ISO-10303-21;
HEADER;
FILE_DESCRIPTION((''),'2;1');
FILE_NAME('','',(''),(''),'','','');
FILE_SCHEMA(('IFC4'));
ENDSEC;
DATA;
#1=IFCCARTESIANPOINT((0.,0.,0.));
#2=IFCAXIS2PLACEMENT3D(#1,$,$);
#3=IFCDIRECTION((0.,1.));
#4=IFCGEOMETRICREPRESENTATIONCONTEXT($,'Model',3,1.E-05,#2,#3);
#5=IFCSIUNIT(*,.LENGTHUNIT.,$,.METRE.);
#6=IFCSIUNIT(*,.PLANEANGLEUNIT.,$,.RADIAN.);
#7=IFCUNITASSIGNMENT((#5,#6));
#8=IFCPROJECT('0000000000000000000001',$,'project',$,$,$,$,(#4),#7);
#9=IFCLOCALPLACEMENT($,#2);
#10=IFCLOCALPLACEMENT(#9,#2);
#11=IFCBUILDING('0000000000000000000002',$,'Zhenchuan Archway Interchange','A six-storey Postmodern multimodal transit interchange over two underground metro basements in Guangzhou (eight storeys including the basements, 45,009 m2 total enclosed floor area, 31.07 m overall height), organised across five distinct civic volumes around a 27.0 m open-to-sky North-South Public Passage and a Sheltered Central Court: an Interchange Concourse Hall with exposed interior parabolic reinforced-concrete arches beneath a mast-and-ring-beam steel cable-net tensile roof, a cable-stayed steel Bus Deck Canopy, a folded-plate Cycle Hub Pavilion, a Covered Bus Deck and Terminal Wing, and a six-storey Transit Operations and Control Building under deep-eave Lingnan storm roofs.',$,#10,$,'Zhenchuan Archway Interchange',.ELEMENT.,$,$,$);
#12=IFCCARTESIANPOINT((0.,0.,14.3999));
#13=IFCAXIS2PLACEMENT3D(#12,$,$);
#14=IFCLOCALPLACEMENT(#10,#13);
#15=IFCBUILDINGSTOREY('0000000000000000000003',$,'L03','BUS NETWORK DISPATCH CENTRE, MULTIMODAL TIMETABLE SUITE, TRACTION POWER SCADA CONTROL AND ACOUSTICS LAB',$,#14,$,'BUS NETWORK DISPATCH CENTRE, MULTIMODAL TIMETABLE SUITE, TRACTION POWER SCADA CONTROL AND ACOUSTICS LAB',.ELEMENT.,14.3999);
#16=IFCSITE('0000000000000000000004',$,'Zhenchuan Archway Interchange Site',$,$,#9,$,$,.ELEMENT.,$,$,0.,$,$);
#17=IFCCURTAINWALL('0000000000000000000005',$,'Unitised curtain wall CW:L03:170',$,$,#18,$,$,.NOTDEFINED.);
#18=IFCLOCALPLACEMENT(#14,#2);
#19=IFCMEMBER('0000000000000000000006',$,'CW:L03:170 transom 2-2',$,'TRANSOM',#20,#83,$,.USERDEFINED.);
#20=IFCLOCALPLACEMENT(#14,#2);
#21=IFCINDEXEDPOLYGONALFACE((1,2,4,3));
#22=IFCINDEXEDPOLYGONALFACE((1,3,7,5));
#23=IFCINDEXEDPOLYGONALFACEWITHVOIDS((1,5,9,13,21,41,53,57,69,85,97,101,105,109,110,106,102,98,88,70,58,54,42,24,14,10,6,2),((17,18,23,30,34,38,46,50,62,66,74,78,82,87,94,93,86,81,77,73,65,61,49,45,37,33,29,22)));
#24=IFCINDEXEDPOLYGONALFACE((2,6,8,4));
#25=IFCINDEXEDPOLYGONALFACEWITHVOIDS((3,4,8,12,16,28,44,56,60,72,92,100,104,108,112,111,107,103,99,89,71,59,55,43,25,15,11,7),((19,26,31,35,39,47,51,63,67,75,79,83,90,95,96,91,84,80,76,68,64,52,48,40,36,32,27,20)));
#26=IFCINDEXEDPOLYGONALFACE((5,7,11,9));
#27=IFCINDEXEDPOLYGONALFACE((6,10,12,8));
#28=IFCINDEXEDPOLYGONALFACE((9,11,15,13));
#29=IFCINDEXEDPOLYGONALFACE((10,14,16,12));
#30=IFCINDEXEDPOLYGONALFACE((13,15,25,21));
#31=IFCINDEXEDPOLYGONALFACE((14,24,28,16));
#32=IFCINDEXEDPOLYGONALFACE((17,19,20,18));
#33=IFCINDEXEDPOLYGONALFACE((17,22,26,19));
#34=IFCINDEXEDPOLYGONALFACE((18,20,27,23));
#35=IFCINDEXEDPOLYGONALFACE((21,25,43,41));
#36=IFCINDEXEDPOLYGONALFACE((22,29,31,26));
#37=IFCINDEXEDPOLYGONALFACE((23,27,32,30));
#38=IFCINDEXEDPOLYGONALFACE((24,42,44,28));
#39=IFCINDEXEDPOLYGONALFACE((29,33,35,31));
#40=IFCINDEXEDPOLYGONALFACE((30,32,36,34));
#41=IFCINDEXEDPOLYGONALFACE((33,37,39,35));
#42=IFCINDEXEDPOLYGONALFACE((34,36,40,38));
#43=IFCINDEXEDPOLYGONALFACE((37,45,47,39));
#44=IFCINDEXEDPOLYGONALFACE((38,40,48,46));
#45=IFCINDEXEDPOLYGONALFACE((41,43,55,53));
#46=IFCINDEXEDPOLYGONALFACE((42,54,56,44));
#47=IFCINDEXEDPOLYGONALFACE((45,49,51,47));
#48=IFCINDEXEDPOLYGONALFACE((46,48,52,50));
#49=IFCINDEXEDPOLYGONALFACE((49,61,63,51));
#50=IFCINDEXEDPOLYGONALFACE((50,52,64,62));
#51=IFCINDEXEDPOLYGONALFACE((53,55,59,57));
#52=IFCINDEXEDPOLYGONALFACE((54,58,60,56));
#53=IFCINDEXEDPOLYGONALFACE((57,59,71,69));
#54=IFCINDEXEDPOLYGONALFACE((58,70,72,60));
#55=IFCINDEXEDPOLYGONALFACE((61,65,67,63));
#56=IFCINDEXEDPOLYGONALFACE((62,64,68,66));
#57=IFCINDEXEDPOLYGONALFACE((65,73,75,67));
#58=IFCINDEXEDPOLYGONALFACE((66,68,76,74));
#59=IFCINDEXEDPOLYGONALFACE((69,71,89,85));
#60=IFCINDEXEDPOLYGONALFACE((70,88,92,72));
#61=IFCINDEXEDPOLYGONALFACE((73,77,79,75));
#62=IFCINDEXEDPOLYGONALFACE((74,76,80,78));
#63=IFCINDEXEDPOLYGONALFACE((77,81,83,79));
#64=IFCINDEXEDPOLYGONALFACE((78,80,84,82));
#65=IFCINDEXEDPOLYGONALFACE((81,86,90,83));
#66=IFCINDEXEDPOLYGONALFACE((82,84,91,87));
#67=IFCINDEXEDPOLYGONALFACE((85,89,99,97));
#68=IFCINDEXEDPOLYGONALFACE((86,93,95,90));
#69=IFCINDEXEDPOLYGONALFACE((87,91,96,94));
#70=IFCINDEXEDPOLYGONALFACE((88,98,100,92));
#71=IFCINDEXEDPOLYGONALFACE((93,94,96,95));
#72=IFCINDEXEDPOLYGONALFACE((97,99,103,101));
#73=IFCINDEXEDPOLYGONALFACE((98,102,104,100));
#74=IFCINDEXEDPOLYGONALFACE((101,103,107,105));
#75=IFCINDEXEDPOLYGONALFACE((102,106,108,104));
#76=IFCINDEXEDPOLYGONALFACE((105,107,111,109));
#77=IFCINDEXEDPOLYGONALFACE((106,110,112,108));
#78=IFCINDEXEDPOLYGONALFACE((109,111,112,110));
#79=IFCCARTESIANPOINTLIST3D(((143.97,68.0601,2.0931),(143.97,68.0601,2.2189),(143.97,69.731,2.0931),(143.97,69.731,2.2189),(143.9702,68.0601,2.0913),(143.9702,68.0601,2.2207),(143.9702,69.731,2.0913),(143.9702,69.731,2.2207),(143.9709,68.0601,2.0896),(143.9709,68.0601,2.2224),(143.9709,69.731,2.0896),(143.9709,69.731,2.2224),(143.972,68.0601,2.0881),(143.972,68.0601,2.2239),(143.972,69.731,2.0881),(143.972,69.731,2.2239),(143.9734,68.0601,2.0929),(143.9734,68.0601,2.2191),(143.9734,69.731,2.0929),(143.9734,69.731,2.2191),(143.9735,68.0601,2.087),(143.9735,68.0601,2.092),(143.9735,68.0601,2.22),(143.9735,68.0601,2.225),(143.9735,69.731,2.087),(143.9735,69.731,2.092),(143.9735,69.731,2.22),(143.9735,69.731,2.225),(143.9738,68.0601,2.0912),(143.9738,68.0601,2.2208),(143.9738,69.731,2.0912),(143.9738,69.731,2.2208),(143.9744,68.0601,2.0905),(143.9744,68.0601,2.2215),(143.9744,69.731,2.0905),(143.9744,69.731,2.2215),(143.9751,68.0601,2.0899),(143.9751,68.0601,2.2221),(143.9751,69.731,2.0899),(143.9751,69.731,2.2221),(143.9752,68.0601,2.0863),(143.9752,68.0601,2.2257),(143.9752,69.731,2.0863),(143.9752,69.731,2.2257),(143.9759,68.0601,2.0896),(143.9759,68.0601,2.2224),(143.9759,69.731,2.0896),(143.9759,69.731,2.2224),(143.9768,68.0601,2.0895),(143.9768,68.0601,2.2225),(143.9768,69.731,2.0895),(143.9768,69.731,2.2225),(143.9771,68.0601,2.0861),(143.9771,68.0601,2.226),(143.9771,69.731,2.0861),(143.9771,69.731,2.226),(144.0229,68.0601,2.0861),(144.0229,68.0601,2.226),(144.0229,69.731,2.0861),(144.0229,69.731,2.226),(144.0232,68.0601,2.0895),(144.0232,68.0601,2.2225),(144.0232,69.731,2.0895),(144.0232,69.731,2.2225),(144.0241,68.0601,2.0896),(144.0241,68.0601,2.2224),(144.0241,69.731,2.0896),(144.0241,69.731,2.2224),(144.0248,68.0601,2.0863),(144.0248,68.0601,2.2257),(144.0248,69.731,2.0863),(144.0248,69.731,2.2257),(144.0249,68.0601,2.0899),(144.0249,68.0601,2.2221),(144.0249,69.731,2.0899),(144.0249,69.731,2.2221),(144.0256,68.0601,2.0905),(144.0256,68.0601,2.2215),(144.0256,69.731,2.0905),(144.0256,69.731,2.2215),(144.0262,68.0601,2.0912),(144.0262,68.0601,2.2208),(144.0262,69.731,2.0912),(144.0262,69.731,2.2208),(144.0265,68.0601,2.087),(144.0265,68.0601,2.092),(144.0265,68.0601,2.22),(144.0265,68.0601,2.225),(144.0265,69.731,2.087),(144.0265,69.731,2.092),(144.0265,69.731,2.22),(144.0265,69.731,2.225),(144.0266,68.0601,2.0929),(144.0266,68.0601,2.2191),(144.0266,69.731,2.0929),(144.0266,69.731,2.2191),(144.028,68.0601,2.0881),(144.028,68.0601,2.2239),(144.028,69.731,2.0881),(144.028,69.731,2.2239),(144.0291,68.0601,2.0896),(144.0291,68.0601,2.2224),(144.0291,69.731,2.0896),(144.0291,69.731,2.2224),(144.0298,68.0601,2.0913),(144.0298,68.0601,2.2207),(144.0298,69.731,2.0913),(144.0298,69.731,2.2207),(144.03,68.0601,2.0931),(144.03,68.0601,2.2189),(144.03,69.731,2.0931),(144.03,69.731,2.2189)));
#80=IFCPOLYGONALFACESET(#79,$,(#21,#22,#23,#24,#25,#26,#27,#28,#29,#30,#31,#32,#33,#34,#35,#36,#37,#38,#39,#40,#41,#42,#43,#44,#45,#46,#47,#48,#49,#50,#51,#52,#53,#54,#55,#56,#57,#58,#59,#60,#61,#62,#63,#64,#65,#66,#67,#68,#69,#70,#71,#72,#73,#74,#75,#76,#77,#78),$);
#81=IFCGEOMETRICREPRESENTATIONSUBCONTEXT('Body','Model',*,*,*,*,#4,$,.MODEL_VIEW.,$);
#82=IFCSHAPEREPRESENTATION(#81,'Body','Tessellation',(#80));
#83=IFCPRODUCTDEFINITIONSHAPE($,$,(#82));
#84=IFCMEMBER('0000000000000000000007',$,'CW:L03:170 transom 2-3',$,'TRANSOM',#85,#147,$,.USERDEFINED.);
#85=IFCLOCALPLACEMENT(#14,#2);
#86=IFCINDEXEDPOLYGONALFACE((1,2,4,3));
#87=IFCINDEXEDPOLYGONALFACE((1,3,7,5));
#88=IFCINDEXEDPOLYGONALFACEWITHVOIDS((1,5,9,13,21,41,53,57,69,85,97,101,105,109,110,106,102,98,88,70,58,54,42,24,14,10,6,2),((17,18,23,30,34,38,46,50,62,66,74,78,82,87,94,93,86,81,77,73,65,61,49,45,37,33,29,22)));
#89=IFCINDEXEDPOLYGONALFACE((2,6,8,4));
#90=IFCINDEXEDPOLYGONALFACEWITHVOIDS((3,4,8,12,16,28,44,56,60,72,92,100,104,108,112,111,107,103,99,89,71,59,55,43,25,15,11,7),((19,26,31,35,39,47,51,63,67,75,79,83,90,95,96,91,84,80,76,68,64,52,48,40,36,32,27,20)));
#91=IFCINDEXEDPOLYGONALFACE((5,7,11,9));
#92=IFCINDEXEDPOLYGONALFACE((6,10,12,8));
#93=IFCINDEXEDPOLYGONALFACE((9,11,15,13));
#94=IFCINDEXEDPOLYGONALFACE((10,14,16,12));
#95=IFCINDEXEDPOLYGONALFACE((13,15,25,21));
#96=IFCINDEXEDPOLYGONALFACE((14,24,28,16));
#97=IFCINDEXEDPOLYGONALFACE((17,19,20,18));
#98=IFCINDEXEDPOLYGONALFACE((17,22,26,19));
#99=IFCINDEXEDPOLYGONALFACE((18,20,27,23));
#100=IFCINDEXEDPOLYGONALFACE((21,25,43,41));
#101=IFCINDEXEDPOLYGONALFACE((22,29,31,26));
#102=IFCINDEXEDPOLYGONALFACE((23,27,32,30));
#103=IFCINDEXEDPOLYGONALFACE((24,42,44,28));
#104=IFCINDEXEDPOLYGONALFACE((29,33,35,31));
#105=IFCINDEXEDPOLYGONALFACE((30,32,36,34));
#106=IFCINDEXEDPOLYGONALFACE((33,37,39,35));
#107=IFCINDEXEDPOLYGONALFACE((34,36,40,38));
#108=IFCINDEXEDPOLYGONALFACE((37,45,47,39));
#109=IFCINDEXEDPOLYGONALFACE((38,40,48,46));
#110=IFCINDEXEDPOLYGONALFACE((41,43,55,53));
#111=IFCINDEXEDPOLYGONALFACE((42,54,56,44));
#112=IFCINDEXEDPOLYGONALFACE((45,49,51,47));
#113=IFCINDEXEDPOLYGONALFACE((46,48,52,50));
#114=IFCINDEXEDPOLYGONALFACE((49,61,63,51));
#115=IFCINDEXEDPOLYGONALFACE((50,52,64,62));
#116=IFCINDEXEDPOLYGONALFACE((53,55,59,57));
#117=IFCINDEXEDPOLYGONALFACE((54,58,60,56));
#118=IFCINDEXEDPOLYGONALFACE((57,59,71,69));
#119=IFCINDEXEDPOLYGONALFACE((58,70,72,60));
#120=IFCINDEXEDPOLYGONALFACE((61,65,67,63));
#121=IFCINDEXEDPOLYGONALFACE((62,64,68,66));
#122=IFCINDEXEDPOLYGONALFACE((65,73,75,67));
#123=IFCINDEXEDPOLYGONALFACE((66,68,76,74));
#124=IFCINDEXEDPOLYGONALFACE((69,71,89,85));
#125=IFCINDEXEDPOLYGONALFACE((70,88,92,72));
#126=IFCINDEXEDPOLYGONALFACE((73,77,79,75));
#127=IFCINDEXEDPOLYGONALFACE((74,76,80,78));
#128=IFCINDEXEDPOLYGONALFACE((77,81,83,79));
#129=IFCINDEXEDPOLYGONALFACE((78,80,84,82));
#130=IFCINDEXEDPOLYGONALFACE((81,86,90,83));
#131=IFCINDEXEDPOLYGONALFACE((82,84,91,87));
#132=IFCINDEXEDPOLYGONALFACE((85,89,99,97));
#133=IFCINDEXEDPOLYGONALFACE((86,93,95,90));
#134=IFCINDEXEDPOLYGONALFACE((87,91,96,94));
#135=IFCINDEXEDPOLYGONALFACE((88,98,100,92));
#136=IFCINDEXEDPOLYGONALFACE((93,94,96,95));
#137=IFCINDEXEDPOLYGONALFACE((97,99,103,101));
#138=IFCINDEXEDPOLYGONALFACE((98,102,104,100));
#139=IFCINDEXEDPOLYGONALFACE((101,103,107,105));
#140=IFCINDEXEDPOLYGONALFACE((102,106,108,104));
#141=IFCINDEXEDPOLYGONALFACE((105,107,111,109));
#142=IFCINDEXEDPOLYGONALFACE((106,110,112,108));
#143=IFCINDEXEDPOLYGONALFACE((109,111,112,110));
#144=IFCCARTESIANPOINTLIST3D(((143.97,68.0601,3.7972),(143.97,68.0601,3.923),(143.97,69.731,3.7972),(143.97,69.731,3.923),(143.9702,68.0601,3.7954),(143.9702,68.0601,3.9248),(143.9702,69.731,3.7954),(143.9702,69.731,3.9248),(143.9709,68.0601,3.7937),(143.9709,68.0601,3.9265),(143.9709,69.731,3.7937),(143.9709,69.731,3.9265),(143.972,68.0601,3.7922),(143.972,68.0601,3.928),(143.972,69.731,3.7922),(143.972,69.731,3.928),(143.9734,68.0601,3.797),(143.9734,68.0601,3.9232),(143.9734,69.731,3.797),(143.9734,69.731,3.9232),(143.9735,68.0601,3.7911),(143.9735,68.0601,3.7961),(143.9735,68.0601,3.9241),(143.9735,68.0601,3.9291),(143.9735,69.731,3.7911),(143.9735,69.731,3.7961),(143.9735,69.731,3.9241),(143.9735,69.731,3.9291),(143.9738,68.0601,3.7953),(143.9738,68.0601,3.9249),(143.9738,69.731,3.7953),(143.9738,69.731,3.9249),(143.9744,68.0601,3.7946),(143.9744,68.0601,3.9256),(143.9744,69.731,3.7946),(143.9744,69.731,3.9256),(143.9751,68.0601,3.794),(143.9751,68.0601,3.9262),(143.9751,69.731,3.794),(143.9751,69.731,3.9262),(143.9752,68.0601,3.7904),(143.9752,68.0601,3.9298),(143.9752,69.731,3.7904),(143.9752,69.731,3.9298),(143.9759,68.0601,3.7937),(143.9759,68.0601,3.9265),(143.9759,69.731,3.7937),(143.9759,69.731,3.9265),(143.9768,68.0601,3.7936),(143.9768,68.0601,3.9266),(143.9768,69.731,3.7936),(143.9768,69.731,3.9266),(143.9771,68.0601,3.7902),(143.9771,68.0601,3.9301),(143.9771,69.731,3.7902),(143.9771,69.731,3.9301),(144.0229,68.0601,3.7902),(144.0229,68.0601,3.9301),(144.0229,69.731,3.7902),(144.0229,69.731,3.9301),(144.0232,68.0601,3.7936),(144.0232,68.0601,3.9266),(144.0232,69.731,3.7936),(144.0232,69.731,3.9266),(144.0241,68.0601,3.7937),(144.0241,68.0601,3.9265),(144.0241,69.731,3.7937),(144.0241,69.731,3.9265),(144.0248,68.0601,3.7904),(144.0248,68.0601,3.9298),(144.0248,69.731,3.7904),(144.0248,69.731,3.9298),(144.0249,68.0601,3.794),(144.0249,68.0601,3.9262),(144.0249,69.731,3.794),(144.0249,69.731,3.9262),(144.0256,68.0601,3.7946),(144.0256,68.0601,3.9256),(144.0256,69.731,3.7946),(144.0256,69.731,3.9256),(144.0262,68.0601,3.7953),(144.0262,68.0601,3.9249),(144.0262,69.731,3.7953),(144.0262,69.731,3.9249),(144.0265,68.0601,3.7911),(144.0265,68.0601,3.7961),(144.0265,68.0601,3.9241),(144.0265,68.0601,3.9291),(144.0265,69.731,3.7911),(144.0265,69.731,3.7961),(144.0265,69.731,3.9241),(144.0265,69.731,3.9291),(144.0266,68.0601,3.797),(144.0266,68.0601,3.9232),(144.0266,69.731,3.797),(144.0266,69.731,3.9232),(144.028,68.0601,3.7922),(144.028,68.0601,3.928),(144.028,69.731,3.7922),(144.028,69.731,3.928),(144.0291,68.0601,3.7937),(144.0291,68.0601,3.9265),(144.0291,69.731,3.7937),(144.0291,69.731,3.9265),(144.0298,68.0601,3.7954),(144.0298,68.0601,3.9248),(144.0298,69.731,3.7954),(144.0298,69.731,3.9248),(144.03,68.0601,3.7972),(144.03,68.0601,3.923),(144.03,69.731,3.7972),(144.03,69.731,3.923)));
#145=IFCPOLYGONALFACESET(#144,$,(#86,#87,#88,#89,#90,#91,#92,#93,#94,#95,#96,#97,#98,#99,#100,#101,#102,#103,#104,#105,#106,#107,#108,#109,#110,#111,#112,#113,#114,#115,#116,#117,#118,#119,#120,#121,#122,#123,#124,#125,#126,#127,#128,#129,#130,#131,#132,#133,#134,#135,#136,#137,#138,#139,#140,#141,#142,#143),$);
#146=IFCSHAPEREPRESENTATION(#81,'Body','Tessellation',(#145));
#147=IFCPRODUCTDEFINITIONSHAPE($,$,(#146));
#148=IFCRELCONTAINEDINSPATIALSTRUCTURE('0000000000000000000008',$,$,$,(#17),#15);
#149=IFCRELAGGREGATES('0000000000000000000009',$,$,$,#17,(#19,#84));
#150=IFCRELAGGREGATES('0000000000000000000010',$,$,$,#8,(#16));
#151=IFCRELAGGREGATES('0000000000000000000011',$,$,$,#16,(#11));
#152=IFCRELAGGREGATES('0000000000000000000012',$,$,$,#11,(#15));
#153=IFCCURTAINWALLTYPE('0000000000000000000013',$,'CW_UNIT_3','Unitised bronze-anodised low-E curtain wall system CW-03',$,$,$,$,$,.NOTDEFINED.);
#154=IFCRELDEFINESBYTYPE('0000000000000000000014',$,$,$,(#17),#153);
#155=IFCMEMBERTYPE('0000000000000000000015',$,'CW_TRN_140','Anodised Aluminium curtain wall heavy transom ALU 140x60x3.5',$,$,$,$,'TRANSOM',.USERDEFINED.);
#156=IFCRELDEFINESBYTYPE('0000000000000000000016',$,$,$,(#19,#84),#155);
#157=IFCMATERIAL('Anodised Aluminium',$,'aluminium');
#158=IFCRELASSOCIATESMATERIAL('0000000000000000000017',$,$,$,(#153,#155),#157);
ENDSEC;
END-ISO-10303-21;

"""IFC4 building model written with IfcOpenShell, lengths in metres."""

from ifc_helpers import new_model, si_unit, direction, frame, origin, origin_2d, place, context, subcontext, project, spatial, hollow_rectangle, extrude, material, material_profile, profile_set, type_object, element, aggregate, save


model = new_model("IFC4")

# Units and contexts
model_context = context("Model", 3, precision=1e-05, world=origin(), true_north=direction((0.0, 1.0)))
body_context = subcontext(model_context, "Body", "Model", "MODEL_VIEW")
ifc_project = project(units=[si_unit("LENGTHUNIT", "METRE"), si_unit("PLANEANGLEUNIT", "RADIAN")], contexts=[model_context])

# Site, building, storey
site_placement = place(None, origin())
site = spatial("IfcSite", under=ifc_project, at=site_placement, Name="Zhenchuan Archway Interchange Site", CompositionType="ELEMENT", RefElevation=0.0)
building_placement = place(site_placement, origin())
building = spatial("IfcBuilding", under=site, at=building_placement, Name="Zhenchuan Archway Interchange", Description="A six-storey Postmodern multimodal transit interchange over two underground metro basements in Guangzhou (eight storeys including the basements, 45,009 m2 total enclosed floor area, 31.07 m overall height), organised across five distinct civic volumes around a 27.0 m open-to-sky North-South Public Passage and a Sheltered Central Court: an Interchange Concourse Hall with exposed interior parabolic reinforced-concrete arches beneath a mast-and-ring-beam steel cable-net tensile roof, a cable-stayed steel Bus Deck Canopy, a folded-plate Cycle Hub Pavilion, a Covered Bus Deck and Terminal Wing, and a six-storey Transit Operations and Control Building under deep-eave Lingnan storm roofs.", LongName="Zhenchuan Archway Interchange", CompositionType="ELEMENT")
storey_placement = place(building_placement, frame((0.0, 0.0, 14.3999)))
storey = spatial("IfcBuildingStorey", under=building, at=storey_placement, Name="L03", Description="BUS NETWORK DISPATCH CENTRE, MULTIMODAL TIMETABLE SUITE, TRACTION POWER SCADA CONTROL AND ACOUSTICS LAB", LongName="BUS NETWORK DISPATCH CENTRE, MULTIMODAL TIMETABLE SUITE, TRACTION POWER SCADA CONTROL AND ACOUSTICS LAB", CompositionType="ELEMENT", Elevation=14.3999)

# Curtain wall, members
ifc_material_1 = material(Name="Anodised Aluminium", Category="aluminium")
curtain_wall_type = type_object("IfcCurtainWallType", Name="CW_UNIT_3", Description="Unitised bronze-anodised low-E curtain wall system CW-03", PredefinedType="NOTDEFINED", material=ifc_material_1)
curtain_wall_placement = place(storey_placement, origin())
curtain_wall = element("IfcCurtainWall", 1, at=curtain_wall_placement, inside=storey, type_object=curtain_wall_type, Name="Unitised curtain wall CW:L03:170", PredefinedType="NOTDEFINED")
ifc_material_profile_1 = material_profile(ifc_material_1, hollow_rectangle(XDim=0.0601, YDim=0.1399, WallThickness=0.0034, InnerFilletRadius=0.0034, OuterFilletRadius=0.0071, at=origin_2d()), Name="ALU 140x60x3.5")
ifc_profile_set_1 = profile_set([ifc_material_profile_1], Name="Anodised Aluminium")
member_type_1 = type_object("IfcMemberType", Name="CW_TRN_140", Description="Anodised Aluminium curtain wall heavy transom ALU 140x60x3.5", ElementType="TRANSOM", PredefinedType="USERDEFINED", material=ifc_profile_set_1)
member_1_placement = place(storey_placement, frame((144.0, 68.0601, 2.156), z_axis=(0.0, 1.0, 0.0), x_axis=(-1.0, 0.0, 0.0)))
member_1 = element("IfcMember", 2, at=member_1_placement, type_object=member_type_1, Name="CW:L03:170 transom 2-2", ObjectType="TRANSOM", PredefinedType="USERDEFINED", context=body_context, shape_type="SweptSolid", body=[
    extrude(hollow_rectangle(XDim=0.0601, YDim=0.1399, WallThickness=0.0034, InnerFilletRadius=0.0034, OuterFilletRadius=0.0071, at=origin_2d()), origin(), (0.0, 0.0, 1.0), 1.6709),
])
member_2_placement = place(storey_placement, frame((144.0, 68.0601, 3.8601), z_axis=(0.0, 1.0, 0.0), x_axis=(-1.0, 0.0, 0.0)))
member_2 = element("IfcMember", 3, at=member_2_placement, type_object=member_type_1, Name="CW:L03:170 transom 2-3", ObjectType="TRANSOM", PredefinedType="USERDEFINED", context=body_context, shape_type="SweptSolid", body=[
    extrude(hollow_rectangle(XDim=0.0601, YDim=0.1399, WallThickness=0.0034, InnerFilletRadius=0.0034, OuterFilletRadius=0.0071, at=origin_2d()), origin(), (0.0, 0.0, 1.0), 1.6709),
])
aggregate(curtain_wall, [member_1, member_2])

save(model, "model.ifc")
